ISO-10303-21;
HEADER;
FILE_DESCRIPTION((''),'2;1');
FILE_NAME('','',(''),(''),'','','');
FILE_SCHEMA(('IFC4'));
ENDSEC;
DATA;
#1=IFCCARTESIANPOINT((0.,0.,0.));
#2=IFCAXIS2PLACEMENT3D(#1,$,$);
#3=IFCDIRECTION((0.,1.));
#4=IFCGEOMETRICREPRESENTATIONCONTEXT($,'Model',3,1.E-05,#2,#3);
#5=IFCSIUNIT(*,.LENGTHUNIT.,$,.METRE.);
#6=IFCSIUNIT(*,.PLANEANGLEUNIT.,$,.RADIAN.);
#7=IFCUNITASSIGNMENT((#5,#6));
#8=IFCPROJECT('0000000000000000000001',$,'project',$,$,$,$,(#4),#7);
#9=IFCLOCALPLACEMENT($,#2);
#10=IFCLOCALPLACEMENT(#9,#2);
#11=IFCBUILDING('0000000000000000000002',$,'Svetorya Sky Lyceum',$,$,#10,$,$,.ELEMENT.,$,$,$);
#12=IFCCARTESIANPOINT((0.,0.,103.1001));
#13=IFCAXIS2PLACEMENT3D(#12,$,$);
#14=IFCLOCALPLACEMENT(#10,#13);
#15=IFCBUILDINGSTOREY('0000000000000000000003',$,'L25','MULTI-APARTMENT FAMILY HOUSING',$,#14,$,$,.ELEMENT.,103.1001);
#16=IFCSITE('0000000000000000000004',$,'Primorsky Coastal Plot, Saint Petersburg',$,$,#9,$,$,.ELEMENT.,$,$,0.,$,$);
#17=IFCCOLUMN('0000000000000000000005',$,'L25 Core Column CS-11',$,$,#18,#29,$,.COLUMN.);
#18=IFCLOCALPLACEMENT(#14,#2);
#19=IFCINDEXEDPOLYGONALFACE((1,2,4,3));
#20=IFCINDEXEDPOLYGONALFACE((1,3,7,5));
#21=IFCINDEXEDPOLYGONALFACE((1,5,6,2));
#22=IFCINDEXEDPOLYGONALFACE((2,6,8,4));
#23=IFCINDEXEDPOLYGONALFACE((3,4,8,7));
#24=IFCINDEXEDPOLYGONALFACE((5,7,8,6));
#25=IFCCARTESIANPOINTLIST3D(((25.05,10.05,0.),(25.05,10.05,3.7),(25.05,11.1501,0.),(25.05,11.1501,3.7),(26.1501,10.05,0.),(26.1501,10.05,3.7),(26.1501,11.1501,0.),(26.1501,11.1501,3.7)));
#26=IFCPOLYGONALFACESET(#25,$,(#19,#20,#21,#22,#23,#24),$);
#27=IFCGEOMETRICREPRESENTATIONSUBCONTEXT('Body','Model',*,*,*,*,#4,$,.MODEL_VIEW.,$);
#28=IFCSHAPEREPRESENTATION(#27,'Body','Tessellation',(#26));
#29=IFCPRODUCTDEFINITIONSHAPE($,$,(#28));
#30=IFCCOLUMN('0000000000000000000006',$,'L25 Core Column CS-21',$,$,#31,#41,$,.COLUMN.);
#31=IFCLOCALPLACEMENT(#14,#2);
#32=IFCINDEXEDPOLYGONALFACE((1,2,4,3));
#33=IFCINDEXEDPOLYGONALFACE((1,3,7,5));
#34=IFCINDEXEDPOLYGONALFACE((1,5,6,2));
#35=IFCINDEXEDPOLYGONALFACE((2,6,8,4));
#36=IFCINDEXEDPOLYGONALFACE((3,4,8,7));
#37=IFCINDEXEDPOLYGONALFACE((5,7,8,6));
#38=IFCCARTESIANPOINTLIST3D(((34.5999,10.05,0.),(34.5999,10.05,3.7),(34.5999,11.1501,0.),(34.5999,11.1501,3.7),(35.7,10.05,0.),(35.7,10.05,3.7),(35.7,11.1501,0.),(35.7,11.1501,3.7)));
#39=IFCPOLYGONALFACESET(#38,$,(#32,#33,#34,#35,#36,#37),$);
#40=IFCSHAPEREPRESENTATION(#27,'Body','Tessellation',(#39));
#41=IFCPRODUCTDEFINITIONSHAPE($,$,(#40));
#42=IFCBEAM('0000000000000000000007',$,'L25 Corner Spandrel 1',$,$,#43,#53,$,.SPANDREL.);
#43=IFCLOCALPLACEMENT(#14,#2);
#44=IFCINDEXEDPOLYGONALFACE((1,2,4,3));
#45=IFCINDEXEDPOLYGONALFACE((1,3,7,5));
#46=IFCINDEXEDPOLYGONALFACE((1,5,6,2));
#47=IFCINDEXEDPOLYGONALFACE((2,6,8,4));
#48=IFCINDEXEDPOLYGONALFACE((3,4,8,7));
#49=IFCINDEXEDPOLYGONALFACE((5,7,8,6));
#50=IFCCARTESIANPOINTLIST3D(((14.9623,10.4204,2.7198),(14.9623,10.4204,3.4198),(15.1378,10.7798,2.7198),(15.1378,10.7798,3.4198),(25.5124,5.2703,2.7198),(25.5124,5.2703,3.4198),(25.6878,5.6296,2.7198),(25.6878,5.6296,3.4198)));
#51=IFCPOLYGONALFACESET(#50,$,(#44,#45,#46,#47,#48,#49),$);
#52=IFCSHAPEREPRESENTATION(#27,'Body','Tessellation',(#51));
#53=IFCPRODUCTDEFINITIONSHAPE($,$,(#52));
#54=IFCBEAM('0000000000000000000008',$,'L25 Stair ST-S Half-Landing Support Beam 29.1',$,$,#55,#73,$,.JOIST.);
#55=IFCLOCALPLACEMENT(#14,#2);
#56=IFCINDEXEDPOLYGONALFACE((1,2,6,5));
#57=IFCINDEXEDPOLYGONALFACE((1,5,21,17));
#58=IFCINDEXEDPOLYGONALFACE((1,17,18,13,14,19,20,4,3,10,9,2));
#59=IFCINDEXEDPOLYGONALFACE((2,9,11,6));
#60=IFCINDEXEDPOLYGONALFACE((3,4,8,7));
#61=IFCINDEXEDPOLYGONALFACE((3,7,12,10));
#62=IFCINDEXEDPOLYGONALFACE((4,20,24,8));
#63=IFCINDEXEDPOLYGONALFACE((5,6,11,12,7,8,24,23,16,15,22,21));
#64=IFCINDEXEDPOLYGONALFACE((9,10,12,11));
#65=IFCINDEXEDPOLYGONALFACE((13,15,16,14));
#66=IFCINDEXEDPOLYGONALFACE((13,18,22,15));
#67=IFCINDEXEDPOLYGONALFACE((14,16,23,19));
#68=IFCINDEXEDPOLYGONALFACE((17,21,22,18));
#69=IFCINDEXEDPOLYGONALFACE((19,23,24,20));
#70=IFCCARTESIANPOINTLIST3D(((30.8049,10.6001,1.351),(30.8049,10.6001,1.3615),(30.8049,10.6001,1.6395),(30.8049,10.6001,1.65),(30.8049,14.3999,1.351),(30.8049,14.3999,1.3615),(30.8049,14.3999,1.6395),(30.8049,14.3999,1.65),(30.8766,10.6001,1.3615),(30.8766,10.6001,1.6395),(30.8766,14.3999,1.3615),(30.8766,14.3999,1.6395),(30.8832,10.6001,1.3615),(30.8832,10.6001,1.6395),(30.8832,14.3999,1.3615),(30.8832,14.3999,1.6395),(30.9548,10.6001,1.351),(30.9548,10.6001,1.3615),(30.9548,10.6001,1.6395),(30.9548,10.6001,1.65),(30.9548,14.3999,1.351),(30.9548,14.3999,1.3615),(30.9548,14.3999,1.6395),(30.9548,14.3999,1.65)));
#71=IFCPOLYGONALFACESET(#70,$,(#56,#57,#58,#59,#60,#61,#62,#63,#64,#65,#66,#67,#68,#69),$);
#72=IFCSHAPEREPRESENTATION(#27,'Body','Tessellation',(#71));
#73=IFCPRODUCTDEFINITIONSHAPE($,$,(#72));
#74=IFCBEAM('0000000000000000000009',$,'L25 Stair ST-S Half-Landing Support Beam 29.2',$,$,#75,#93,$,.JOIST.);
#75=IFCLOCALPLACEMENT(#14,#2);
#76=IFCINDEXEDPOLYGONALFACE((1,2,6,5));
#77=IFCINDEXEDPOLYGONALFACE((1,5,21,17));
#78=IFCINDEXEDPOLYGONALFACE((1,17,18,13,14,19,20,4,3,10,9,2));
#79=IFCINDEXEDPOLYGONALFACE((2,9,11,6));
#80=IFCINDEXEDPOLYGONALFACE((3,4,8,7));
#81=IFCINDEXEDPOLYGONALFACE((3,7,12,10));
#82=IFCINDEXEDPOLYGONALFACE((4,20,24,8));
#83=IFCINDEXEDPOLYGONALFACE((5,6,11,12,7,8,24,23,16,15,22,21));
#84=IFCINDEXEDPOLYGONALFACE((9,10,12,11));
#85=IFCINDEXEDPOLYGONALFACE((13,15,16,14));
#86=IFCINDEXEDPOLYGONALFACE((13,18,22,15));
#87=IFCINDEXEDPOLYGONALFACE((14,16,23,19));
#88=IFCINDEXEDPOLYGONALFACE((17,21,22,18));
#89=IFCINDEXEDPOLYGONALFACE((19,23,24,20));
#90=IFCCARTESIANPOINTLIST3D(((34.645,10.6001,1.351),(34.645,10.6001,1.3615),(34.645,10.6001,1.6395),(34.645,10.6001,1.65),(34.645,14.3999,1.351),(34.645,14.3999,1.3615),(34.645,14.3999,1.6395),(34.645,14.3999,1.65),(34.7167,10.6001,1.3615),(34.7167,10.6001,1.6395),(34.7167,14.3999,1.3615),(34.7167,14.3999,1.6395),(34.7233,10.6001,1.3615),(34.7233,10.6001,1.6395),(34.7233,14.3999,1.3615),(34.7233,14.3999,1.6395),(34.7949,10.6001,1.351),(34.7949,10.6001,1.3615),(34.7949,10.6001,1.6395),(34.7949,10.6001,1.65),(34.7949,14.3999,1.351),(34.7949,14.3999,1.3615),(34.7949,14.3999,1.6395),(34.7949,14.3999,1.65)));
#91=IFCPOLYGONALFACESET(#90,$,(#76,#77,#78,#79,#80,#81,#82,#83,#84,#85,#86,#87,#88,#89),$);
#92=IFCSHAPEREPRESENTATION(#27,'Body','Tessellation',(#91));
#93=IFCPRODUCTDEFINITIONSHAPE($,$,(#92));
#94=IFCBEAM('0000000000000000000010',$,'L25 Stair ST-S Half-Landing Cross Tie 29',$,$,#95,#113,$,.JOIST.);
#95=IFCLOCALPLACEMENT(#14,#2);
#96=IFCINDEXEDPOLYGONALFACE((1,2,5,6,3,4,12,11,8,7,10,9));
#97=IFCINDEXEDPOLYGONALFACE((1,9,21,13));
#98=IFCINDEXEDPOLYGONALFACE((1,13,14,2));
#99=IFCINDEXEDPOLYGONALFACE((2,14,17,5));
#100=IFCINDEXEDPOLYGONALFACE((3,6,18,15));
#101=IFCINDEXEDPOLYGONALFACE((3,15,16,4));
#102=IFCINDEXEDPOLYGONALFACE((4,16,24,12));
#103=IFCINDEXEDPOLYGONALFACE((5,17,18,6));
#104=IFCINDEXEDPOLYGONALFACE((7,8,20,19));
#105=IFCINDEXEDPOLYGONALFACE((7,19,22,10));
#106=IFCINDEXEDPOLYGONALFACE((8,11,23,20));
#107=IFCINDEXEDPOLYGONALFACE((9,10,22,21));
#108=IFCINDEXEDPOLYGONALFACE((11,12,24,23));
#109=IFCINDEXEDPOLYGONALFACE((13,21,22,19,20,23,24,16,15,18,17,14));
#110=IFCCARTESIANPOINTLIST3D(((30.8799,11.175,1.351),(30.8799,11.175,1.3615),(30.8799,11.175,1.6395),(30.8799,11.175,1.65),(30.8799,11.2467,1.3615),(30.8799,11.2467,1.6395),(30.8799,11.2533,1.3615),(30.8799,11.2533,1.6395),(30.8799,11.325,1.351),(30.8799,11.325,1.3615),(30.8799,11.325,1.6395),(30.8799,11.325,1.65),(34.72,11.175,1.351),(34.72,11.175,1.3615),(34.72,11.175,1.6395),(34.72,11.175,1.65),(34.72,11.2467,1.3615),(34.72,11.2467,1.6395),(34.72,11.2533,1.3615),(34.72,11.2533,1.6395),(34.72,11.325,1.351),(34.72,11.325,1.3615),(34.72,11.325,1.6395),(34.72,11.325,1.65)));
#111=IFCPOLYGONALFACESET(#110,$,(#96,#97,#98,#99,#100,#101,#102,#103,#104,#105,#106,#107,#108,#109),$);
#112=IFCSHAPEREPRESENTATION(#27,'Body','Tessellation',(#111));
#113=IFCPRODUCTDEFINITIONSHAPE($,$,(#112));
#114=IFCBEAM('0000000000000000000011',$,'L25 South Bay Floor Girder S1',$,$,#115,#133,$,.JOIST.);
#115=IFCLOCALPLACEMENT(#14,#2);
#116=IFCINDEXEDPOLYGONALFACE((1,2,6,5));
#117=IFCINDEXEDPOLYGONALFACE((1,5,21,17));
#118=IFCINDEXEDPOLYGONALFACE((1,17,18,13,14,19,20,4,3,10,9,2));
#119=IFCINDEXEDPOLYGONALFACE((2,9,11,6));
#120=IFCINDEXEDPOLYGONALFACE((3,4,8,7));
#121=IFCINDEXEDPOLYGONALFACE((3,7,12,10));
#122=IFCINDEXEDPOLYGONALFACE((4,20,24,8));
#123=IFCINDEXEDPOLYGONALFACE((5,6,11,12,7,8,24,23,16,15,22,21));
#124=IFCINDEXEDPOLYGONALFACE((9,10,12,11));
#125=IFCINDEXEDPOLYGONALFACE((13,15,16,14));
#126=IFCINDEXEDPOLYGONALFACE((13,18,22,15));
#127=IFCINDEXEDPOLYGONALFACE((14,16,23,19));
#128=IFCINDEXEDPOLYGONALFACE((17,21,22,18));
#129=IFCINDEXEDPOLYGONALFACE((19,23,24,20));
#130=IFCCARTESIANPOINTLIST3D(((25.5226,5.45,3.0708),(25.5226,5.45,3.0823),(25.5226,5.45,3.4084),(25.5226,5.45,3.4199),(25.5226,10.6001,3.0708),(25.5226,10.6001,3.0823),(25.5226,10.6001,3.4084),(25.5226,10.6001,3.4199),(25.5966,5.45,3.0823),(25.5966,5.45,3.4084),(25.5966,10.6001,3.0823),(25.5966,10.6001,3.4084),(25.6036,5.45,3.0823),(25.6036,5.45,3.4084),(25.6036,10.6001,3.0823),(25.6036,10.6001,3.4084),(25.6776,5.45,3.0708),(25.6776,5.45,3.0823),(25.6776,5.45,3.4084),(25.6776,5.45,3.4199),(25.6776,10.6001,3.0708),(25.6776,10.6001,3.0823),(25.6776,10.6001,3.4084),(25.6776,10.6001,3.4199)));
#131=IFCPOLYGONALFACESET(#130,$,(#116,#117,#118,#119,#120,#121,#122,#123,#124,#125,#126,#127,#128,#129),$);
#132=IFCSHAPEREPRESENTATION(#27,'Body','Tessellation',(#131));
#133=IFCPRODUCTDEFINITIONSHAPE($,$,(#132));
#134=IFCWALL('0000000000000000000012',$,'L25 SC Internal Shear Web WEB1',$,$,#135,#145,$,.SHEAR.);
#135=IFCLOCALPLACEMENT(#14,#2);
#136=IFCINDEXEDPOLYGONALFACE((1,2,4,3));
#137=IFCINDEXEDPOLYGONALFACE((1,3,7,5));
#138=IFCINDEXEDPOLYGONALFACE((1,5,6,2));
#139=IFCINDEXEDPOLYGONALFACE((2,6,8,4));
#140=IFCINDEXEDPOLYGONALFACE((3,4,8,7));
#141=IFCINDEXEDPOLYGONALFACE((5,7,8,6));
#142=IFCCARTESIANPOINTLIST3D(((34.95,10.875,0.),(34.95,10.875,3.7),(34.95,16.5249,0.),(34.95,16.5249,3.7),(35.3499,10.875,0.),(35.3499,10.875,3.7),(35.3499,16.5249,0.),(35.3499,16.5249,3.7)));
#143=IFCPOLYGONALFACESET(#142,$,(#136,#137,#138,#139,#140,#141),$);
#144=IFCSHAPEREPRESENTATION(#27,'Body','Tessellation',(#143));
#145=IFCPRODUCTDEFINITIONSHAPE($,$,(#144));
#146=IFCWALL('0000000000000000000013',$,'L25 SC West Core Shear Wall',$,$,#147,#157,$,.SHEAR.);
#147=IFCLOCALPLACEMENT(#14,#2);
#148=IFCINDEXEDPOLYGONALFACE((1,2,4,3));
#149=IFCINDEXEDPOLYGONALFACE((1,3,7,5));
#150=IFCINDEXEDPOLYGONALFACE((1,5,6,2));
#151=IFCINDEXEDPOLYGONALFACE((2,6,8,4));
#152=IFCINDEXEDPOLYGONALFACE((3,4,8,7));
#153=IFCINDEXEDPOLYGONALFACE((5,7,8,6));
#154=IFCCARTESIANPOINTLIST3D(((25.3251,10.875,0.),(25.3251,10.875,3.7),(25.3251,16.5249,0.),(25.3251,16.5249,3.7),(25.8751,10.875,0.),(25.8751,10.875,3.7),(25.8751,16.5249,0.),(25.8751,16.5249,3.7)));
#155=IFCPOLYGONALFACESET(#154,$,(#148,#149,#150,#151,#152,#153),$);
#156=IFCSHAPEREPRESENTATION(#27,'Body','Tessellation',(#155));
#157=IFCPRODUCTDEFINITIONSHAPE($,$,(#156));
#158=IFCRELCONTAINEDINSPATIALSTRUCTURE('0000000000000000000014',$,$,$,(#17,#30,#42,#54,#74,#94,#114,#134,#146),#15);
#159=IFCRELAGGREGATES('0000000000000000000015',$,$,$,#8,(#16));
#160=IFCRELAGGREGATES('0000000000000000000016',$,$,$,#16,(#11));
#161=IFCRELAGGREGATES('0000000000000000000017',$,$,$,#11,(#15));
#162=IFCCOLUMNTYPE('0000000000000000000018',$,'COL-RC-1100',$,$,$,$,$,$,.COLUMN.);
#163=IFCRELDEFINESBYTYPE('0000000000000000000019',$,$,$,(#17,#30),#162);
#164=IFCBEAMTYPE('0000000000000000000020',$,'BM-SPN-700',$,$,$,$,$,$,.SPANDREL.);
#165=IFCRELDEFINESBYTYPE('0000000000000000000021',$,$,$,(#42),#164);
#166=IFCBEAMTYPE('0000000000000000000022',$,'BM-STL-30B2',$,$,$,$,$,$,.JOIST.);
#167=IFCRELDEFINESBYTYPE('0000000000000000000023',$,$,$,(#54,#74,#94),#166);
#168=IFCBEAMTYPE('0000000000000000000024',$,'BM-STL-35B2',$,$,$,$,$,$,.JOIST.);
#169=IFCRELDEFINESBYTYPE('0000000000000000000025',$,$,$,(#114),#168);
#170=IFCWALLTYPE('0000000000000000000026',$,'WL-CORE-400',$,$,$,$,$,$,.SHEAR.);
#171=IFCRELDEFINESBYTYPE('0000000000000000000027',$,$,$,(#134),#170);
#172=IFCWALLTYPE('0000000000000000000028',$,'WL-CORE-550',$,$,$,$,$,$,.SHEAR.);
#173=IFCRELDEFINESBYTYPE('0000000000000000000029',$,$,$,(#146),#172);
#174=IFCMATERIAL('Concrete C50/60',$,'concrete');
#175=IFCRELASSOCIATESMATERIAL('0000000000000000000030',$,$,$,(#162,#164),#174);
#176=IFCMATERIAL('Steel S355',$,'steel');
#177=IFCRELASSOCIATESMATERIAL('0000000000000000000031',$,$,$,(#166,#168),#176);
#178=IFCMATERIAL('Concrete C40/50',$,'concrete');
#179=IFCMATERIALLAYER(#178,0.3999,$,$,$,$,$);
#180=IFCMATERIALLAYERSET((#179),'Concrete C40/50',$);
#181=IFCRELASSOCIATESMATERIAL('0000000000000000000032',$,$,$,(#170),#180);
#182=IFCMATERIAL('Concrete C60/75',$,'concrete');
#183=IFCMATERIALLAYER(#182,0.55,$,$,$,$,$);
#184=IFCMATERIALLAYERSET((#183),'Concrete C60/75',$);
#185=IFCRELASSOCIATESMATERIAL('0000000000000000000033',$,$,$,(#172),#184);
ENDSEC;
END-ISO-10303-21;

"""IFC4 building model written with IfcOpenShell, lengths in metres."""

from ifc_helpers import new_model, si_unit, direction, frame, frame_2d, origin, origin_2d, place, context, subcontext, project, spatial, rectangle, i_section, extrude, material, layer, layer_set, material_profile, profile_set, type_object, element, save


model = new_model("IFC4")

# Units and contexts
model_context = context("Model", 3, precision=1e-05, world=origin(), true_north=direction((0.0, 1.0)))
body_context = subcontext(model_context, "Body", "Model", "MODEL_VIEW")
ifc_project = project(units=[si_unit("LENGTHUNIT", "METRE"), si_unit("PLANEANGLEUNIT", "RADIAN")], contexts=[model_context])

# Site, building, storey
site_placement = place(None, origin())
site = spatial("IfcSite", under=ifc_project, at=site_placement, Name="Primorsky Coastal Plot, Saint Petersburg", CompositionType="ELEMENT", RefElevation=0.0)
building_placement = place(site_placement, origin())
building = spatial("IfcBuilding", under=site, at=building_placement, Name="Svetorya Sky Lyceum", CompositionType="ELEMENT")
storey_placement = place(building_placement, frame((0.0, 0.0, 103.1001)))
storey = spatial("IfcBuildingStorey", under=building, at=storey_placement, Name="L25", Description="MULTI-APARTMENT FAMILY HOUSING", CompositionType="ELEMENT", Elevation=103.1001)

# Columns
ifc_material_1 = material(Name="Concrete C50/60", Category="concrete")
ifc_material_profile_1 = material_profile(ifc_material_1, rectangle(XDim=1.1001, YDim=1.1001, at=origin_2d()), Name="RC COL 1100x1100")
ifc_profile_set_1 = profile_set([ifc_material_profile_1], Name="Concrete C50/60")
column_type = type_object("IfcColumnType", Name="COL-RC-1100", PredefinedType="COLUMN", material=ifc_profile_set_1)
for number, where, z_axis, x_axis, name in (
    (1, (25.6001, 10.6001, 0.0), (0.0, 0.0, 1.0), (1.0, 0.0, 0.0), "L25 Core Column CS-11"),
    (2, (35.1499, 10.6001, 0.0), (0.0, 0.0, 1.0), (1.0, 0.0, 0.0), "L25 Core Column CS-21"),
):
    element("IfcColumn", number, at=place(storey_placement, frame(where, z_axis=z_axis, x_axis=x_axis)), inside=storey, type_object=column_type, Name=name, PredefinedType="COLUMN", context=body_context, shape_type="SweptSolid", body=[
        extrude(rectangle(XDim=1.1001, YDim=1.1001, at=origin_2d()), origin(), (0.0, 0.0, 1.0), 3.7),
    ])

# Beams
ifc_material_profile_2 = material_profile(ifc_material_1, rectangle(XDim=0.3999, YDim=0.7, at=origin_2d()), Name="RC SPANDREL 400x700")
ifc_profile_set_2 = profile_set([ifc_material_profile_2], Name="Concrete C50/60")
beam_type_1 = type_object("IfcBeamType", Name="BM-SPN-700", PredefinedType="SPANDREL", material=ifc_profile_set_2)
beam_1_placement = place(storey_placement, frame((25.6001, 5.45, 3.0698), z_axis=(-0.898641, 0.438684, 0.0), x_axis=(-0.438684, -0.898641, 0.0)))
element("IfcBeam", 3, at=beam_1_placement, inside=storey, type_object=beam_type_1, Name="L25 Corner Spandrel 1", PredefinedType="SPANDREL", context=body_context, shape_type="SweptSolid", body=[
    extrude(rectangle(XDim=0.3999, YDim=0.7, at=origin_2d()), origin(), (0.0, 0.0, 1.0), 11.74),
])
ifc_material_2 = material(Name="Steel S355", Category="steel")
ifc_material_profile_3 = material_profile(ifc_material_2, i_section(OverallWidth=0.1499, OverallDepth=0.2991, WebThickness=0.0066, FlangeThickness=0.0105, at=origin_2d()), Name="GOST 30B2")
ifc_profile_set_3 = profile_set([ifc_material_profile_3], Name="Steel S355")
beam_type_2 = type_object("IfcBeamType", Name="BM-STL-30B2", PredefinedType="JOIST", material=ifc_profile_set_3)
for number, where, z_axis, x_axis, name in (
    (4, (30.8799, 10.6001, 1.5005), (0.0, 1.0, 0.0), (-1.0, 0.0, 0.0), "L25 Stair ST-S Half-Landing Support Beam 29.1"),
    (5, (34.72, 10.6001, 1.5005), (0.0, 1.0, 0.0), (-1.0, 0.0, 0.0), "L25 Stair ST-S Half-Landing Support Beam 29.2"),
):
    element("IfcBeam", number, at=place(storey_placement, frame(where, z_axis=z_axis, x_axis=x_axis)), inside=storey, type_object=beam_type_2, Name=name, PredefinedType="JOIST", context=body_context, shape_type="SweptSolid", body=[
        extrude(i_section(OverallWidth=0.1499, OverallDepth=0.2991, WebThickness=0.0066, FlangeThickness=0.0105, at=origin_2d()), origin(), (0.0, 0.0, 1.0), 3.7998),
    ])
beam_2_placement = place(storey_placement, frame((30.8799, 11.25, 1.5005), z_axis=(1.0, 0.0, 0.0), x_axis=(0.0, 1.0, 0.0)))
element("IfcBeam", 6, at=beam_2_placement, inside=storey, type_object=beam_type_2, Name="L25 Stair ST-S Half-Landing Cross Tie 29", PredefinedType="JOIST", context=body_context, shape_type="SweptSolid", body=[
    extrude(i_section(OverallWidth=0.1499, OverallDepth=0.2991, WebThickness=0.0066, FlangeThickness=0.0105, at=origin_2d()), origin(), (0.0, 0.0, 1.0), 3.8401),
])
ifc_material_profile_4 = material_profile(ifc_material_2, i_section(OverallWidth=0.155, OverallDepth=0.3491, WebThickness=0.0071, FlangeThickness=0.0115, at=origin_2d()), Name="GOST 35B2")
ifc_profile_set_4 = profile_set([ifc_material_profile_4], Name="Steel S355")
beam_type_3 = type_object("IfcBeamType", Name="BM-STL-35B2", PredefinedType="JOIST", material=ifc_profile_set_4)
beam_3_placement = place(storey_placement, frame((25.6001, 5.45, 3.2454), z_axis=(0.0, 1.0, 0.0), x_axis=(-1.0, 0.0, 0.0)))
element("IfcBeam", 7, at=beam_3_placement, inside=storey, type_object=beam_type_3, Name="L25 South Bay Floor Girder S1", PredefinedType="JOIST", context=body_context, shape_type="SweptSolid", body=[
    extrude(i_section(OverallWidth=0.155, OverallDepth=0.3491, WebThickness=0.0071, FlangeThickness=0.0115, at=origin_2d()), origin(), (0.0, 0.0, 1.0), 5.1501),
])

# Walls
ifc_material_3 = material(Name="Concrete C40/50", Category="concrete")
ifc_layer_1 = layer(ifc_material_3, 0.3999)
ifc_layer_set_1 = layer_set([ifc_layer_1], Name="Concrete C40/50")
wall_type_1 = type_object("IfcWallType", Name="WL-CORE-400", PredefinedType="SHEAR", material=ifc_layer_set_1)
wall_1_placement = place(storey_placement, frame((35.1499, 10.875, 0.0), z_axis=(0.0, 0.0, 1.0), x_axis=(0.0, 1.0, 0.0)))
element("IfcWall", 8, at=wall_1_placement, inside=storey, type_object=wall_type_1, Name="L25 SC Internal Shear Web WEB1", PredefinedType="SHEAR", context=body_context, shape_type="SweptSolid", body=[
    extrude(rectangle(XDim=5.6499, YDim=0.3999, at=frame_2d((2.825, 0.0))), origin(), (0.0, 0.0, 1.0), 3.7),
])
ifc_material_4 = material(Name="Concrete C60/75", Category="concrete")
ifc_layer_2 = layer(ifc_material_4, 0.55)
ifc_layer_set_2 = layer_set([ifc_layer_2], Name="Concrete C60/75")
wall_type_2 = type_object("IfcWallType", Name="WL-CORE-550", PredefinedType="SHEAR", material=ifc_layer_set_2)
wall_2_placement = place(storey_placement, frame((25.6001, 10.875, 0.0), z_axis=(0.0, 0.0, 1.0), x_axis=(0.0, 1.0, 0.0)))
element("IfcWall", 9, at=wall_2_placement, inside=storey, type_object=wall_type_2, Name="L25 SC West Core Shear Wall", PredefinedType="SHEAR", context=body_context, shape_type="SweptSolid", body=[
    extrude(rectangle(XDim=5.6499, YDim=0.55, at=frame_2d((2.825, 0.0))), origin(), (0.0, 0.0, 1.0), 3.7),
])

save(model, "model.ifc")
